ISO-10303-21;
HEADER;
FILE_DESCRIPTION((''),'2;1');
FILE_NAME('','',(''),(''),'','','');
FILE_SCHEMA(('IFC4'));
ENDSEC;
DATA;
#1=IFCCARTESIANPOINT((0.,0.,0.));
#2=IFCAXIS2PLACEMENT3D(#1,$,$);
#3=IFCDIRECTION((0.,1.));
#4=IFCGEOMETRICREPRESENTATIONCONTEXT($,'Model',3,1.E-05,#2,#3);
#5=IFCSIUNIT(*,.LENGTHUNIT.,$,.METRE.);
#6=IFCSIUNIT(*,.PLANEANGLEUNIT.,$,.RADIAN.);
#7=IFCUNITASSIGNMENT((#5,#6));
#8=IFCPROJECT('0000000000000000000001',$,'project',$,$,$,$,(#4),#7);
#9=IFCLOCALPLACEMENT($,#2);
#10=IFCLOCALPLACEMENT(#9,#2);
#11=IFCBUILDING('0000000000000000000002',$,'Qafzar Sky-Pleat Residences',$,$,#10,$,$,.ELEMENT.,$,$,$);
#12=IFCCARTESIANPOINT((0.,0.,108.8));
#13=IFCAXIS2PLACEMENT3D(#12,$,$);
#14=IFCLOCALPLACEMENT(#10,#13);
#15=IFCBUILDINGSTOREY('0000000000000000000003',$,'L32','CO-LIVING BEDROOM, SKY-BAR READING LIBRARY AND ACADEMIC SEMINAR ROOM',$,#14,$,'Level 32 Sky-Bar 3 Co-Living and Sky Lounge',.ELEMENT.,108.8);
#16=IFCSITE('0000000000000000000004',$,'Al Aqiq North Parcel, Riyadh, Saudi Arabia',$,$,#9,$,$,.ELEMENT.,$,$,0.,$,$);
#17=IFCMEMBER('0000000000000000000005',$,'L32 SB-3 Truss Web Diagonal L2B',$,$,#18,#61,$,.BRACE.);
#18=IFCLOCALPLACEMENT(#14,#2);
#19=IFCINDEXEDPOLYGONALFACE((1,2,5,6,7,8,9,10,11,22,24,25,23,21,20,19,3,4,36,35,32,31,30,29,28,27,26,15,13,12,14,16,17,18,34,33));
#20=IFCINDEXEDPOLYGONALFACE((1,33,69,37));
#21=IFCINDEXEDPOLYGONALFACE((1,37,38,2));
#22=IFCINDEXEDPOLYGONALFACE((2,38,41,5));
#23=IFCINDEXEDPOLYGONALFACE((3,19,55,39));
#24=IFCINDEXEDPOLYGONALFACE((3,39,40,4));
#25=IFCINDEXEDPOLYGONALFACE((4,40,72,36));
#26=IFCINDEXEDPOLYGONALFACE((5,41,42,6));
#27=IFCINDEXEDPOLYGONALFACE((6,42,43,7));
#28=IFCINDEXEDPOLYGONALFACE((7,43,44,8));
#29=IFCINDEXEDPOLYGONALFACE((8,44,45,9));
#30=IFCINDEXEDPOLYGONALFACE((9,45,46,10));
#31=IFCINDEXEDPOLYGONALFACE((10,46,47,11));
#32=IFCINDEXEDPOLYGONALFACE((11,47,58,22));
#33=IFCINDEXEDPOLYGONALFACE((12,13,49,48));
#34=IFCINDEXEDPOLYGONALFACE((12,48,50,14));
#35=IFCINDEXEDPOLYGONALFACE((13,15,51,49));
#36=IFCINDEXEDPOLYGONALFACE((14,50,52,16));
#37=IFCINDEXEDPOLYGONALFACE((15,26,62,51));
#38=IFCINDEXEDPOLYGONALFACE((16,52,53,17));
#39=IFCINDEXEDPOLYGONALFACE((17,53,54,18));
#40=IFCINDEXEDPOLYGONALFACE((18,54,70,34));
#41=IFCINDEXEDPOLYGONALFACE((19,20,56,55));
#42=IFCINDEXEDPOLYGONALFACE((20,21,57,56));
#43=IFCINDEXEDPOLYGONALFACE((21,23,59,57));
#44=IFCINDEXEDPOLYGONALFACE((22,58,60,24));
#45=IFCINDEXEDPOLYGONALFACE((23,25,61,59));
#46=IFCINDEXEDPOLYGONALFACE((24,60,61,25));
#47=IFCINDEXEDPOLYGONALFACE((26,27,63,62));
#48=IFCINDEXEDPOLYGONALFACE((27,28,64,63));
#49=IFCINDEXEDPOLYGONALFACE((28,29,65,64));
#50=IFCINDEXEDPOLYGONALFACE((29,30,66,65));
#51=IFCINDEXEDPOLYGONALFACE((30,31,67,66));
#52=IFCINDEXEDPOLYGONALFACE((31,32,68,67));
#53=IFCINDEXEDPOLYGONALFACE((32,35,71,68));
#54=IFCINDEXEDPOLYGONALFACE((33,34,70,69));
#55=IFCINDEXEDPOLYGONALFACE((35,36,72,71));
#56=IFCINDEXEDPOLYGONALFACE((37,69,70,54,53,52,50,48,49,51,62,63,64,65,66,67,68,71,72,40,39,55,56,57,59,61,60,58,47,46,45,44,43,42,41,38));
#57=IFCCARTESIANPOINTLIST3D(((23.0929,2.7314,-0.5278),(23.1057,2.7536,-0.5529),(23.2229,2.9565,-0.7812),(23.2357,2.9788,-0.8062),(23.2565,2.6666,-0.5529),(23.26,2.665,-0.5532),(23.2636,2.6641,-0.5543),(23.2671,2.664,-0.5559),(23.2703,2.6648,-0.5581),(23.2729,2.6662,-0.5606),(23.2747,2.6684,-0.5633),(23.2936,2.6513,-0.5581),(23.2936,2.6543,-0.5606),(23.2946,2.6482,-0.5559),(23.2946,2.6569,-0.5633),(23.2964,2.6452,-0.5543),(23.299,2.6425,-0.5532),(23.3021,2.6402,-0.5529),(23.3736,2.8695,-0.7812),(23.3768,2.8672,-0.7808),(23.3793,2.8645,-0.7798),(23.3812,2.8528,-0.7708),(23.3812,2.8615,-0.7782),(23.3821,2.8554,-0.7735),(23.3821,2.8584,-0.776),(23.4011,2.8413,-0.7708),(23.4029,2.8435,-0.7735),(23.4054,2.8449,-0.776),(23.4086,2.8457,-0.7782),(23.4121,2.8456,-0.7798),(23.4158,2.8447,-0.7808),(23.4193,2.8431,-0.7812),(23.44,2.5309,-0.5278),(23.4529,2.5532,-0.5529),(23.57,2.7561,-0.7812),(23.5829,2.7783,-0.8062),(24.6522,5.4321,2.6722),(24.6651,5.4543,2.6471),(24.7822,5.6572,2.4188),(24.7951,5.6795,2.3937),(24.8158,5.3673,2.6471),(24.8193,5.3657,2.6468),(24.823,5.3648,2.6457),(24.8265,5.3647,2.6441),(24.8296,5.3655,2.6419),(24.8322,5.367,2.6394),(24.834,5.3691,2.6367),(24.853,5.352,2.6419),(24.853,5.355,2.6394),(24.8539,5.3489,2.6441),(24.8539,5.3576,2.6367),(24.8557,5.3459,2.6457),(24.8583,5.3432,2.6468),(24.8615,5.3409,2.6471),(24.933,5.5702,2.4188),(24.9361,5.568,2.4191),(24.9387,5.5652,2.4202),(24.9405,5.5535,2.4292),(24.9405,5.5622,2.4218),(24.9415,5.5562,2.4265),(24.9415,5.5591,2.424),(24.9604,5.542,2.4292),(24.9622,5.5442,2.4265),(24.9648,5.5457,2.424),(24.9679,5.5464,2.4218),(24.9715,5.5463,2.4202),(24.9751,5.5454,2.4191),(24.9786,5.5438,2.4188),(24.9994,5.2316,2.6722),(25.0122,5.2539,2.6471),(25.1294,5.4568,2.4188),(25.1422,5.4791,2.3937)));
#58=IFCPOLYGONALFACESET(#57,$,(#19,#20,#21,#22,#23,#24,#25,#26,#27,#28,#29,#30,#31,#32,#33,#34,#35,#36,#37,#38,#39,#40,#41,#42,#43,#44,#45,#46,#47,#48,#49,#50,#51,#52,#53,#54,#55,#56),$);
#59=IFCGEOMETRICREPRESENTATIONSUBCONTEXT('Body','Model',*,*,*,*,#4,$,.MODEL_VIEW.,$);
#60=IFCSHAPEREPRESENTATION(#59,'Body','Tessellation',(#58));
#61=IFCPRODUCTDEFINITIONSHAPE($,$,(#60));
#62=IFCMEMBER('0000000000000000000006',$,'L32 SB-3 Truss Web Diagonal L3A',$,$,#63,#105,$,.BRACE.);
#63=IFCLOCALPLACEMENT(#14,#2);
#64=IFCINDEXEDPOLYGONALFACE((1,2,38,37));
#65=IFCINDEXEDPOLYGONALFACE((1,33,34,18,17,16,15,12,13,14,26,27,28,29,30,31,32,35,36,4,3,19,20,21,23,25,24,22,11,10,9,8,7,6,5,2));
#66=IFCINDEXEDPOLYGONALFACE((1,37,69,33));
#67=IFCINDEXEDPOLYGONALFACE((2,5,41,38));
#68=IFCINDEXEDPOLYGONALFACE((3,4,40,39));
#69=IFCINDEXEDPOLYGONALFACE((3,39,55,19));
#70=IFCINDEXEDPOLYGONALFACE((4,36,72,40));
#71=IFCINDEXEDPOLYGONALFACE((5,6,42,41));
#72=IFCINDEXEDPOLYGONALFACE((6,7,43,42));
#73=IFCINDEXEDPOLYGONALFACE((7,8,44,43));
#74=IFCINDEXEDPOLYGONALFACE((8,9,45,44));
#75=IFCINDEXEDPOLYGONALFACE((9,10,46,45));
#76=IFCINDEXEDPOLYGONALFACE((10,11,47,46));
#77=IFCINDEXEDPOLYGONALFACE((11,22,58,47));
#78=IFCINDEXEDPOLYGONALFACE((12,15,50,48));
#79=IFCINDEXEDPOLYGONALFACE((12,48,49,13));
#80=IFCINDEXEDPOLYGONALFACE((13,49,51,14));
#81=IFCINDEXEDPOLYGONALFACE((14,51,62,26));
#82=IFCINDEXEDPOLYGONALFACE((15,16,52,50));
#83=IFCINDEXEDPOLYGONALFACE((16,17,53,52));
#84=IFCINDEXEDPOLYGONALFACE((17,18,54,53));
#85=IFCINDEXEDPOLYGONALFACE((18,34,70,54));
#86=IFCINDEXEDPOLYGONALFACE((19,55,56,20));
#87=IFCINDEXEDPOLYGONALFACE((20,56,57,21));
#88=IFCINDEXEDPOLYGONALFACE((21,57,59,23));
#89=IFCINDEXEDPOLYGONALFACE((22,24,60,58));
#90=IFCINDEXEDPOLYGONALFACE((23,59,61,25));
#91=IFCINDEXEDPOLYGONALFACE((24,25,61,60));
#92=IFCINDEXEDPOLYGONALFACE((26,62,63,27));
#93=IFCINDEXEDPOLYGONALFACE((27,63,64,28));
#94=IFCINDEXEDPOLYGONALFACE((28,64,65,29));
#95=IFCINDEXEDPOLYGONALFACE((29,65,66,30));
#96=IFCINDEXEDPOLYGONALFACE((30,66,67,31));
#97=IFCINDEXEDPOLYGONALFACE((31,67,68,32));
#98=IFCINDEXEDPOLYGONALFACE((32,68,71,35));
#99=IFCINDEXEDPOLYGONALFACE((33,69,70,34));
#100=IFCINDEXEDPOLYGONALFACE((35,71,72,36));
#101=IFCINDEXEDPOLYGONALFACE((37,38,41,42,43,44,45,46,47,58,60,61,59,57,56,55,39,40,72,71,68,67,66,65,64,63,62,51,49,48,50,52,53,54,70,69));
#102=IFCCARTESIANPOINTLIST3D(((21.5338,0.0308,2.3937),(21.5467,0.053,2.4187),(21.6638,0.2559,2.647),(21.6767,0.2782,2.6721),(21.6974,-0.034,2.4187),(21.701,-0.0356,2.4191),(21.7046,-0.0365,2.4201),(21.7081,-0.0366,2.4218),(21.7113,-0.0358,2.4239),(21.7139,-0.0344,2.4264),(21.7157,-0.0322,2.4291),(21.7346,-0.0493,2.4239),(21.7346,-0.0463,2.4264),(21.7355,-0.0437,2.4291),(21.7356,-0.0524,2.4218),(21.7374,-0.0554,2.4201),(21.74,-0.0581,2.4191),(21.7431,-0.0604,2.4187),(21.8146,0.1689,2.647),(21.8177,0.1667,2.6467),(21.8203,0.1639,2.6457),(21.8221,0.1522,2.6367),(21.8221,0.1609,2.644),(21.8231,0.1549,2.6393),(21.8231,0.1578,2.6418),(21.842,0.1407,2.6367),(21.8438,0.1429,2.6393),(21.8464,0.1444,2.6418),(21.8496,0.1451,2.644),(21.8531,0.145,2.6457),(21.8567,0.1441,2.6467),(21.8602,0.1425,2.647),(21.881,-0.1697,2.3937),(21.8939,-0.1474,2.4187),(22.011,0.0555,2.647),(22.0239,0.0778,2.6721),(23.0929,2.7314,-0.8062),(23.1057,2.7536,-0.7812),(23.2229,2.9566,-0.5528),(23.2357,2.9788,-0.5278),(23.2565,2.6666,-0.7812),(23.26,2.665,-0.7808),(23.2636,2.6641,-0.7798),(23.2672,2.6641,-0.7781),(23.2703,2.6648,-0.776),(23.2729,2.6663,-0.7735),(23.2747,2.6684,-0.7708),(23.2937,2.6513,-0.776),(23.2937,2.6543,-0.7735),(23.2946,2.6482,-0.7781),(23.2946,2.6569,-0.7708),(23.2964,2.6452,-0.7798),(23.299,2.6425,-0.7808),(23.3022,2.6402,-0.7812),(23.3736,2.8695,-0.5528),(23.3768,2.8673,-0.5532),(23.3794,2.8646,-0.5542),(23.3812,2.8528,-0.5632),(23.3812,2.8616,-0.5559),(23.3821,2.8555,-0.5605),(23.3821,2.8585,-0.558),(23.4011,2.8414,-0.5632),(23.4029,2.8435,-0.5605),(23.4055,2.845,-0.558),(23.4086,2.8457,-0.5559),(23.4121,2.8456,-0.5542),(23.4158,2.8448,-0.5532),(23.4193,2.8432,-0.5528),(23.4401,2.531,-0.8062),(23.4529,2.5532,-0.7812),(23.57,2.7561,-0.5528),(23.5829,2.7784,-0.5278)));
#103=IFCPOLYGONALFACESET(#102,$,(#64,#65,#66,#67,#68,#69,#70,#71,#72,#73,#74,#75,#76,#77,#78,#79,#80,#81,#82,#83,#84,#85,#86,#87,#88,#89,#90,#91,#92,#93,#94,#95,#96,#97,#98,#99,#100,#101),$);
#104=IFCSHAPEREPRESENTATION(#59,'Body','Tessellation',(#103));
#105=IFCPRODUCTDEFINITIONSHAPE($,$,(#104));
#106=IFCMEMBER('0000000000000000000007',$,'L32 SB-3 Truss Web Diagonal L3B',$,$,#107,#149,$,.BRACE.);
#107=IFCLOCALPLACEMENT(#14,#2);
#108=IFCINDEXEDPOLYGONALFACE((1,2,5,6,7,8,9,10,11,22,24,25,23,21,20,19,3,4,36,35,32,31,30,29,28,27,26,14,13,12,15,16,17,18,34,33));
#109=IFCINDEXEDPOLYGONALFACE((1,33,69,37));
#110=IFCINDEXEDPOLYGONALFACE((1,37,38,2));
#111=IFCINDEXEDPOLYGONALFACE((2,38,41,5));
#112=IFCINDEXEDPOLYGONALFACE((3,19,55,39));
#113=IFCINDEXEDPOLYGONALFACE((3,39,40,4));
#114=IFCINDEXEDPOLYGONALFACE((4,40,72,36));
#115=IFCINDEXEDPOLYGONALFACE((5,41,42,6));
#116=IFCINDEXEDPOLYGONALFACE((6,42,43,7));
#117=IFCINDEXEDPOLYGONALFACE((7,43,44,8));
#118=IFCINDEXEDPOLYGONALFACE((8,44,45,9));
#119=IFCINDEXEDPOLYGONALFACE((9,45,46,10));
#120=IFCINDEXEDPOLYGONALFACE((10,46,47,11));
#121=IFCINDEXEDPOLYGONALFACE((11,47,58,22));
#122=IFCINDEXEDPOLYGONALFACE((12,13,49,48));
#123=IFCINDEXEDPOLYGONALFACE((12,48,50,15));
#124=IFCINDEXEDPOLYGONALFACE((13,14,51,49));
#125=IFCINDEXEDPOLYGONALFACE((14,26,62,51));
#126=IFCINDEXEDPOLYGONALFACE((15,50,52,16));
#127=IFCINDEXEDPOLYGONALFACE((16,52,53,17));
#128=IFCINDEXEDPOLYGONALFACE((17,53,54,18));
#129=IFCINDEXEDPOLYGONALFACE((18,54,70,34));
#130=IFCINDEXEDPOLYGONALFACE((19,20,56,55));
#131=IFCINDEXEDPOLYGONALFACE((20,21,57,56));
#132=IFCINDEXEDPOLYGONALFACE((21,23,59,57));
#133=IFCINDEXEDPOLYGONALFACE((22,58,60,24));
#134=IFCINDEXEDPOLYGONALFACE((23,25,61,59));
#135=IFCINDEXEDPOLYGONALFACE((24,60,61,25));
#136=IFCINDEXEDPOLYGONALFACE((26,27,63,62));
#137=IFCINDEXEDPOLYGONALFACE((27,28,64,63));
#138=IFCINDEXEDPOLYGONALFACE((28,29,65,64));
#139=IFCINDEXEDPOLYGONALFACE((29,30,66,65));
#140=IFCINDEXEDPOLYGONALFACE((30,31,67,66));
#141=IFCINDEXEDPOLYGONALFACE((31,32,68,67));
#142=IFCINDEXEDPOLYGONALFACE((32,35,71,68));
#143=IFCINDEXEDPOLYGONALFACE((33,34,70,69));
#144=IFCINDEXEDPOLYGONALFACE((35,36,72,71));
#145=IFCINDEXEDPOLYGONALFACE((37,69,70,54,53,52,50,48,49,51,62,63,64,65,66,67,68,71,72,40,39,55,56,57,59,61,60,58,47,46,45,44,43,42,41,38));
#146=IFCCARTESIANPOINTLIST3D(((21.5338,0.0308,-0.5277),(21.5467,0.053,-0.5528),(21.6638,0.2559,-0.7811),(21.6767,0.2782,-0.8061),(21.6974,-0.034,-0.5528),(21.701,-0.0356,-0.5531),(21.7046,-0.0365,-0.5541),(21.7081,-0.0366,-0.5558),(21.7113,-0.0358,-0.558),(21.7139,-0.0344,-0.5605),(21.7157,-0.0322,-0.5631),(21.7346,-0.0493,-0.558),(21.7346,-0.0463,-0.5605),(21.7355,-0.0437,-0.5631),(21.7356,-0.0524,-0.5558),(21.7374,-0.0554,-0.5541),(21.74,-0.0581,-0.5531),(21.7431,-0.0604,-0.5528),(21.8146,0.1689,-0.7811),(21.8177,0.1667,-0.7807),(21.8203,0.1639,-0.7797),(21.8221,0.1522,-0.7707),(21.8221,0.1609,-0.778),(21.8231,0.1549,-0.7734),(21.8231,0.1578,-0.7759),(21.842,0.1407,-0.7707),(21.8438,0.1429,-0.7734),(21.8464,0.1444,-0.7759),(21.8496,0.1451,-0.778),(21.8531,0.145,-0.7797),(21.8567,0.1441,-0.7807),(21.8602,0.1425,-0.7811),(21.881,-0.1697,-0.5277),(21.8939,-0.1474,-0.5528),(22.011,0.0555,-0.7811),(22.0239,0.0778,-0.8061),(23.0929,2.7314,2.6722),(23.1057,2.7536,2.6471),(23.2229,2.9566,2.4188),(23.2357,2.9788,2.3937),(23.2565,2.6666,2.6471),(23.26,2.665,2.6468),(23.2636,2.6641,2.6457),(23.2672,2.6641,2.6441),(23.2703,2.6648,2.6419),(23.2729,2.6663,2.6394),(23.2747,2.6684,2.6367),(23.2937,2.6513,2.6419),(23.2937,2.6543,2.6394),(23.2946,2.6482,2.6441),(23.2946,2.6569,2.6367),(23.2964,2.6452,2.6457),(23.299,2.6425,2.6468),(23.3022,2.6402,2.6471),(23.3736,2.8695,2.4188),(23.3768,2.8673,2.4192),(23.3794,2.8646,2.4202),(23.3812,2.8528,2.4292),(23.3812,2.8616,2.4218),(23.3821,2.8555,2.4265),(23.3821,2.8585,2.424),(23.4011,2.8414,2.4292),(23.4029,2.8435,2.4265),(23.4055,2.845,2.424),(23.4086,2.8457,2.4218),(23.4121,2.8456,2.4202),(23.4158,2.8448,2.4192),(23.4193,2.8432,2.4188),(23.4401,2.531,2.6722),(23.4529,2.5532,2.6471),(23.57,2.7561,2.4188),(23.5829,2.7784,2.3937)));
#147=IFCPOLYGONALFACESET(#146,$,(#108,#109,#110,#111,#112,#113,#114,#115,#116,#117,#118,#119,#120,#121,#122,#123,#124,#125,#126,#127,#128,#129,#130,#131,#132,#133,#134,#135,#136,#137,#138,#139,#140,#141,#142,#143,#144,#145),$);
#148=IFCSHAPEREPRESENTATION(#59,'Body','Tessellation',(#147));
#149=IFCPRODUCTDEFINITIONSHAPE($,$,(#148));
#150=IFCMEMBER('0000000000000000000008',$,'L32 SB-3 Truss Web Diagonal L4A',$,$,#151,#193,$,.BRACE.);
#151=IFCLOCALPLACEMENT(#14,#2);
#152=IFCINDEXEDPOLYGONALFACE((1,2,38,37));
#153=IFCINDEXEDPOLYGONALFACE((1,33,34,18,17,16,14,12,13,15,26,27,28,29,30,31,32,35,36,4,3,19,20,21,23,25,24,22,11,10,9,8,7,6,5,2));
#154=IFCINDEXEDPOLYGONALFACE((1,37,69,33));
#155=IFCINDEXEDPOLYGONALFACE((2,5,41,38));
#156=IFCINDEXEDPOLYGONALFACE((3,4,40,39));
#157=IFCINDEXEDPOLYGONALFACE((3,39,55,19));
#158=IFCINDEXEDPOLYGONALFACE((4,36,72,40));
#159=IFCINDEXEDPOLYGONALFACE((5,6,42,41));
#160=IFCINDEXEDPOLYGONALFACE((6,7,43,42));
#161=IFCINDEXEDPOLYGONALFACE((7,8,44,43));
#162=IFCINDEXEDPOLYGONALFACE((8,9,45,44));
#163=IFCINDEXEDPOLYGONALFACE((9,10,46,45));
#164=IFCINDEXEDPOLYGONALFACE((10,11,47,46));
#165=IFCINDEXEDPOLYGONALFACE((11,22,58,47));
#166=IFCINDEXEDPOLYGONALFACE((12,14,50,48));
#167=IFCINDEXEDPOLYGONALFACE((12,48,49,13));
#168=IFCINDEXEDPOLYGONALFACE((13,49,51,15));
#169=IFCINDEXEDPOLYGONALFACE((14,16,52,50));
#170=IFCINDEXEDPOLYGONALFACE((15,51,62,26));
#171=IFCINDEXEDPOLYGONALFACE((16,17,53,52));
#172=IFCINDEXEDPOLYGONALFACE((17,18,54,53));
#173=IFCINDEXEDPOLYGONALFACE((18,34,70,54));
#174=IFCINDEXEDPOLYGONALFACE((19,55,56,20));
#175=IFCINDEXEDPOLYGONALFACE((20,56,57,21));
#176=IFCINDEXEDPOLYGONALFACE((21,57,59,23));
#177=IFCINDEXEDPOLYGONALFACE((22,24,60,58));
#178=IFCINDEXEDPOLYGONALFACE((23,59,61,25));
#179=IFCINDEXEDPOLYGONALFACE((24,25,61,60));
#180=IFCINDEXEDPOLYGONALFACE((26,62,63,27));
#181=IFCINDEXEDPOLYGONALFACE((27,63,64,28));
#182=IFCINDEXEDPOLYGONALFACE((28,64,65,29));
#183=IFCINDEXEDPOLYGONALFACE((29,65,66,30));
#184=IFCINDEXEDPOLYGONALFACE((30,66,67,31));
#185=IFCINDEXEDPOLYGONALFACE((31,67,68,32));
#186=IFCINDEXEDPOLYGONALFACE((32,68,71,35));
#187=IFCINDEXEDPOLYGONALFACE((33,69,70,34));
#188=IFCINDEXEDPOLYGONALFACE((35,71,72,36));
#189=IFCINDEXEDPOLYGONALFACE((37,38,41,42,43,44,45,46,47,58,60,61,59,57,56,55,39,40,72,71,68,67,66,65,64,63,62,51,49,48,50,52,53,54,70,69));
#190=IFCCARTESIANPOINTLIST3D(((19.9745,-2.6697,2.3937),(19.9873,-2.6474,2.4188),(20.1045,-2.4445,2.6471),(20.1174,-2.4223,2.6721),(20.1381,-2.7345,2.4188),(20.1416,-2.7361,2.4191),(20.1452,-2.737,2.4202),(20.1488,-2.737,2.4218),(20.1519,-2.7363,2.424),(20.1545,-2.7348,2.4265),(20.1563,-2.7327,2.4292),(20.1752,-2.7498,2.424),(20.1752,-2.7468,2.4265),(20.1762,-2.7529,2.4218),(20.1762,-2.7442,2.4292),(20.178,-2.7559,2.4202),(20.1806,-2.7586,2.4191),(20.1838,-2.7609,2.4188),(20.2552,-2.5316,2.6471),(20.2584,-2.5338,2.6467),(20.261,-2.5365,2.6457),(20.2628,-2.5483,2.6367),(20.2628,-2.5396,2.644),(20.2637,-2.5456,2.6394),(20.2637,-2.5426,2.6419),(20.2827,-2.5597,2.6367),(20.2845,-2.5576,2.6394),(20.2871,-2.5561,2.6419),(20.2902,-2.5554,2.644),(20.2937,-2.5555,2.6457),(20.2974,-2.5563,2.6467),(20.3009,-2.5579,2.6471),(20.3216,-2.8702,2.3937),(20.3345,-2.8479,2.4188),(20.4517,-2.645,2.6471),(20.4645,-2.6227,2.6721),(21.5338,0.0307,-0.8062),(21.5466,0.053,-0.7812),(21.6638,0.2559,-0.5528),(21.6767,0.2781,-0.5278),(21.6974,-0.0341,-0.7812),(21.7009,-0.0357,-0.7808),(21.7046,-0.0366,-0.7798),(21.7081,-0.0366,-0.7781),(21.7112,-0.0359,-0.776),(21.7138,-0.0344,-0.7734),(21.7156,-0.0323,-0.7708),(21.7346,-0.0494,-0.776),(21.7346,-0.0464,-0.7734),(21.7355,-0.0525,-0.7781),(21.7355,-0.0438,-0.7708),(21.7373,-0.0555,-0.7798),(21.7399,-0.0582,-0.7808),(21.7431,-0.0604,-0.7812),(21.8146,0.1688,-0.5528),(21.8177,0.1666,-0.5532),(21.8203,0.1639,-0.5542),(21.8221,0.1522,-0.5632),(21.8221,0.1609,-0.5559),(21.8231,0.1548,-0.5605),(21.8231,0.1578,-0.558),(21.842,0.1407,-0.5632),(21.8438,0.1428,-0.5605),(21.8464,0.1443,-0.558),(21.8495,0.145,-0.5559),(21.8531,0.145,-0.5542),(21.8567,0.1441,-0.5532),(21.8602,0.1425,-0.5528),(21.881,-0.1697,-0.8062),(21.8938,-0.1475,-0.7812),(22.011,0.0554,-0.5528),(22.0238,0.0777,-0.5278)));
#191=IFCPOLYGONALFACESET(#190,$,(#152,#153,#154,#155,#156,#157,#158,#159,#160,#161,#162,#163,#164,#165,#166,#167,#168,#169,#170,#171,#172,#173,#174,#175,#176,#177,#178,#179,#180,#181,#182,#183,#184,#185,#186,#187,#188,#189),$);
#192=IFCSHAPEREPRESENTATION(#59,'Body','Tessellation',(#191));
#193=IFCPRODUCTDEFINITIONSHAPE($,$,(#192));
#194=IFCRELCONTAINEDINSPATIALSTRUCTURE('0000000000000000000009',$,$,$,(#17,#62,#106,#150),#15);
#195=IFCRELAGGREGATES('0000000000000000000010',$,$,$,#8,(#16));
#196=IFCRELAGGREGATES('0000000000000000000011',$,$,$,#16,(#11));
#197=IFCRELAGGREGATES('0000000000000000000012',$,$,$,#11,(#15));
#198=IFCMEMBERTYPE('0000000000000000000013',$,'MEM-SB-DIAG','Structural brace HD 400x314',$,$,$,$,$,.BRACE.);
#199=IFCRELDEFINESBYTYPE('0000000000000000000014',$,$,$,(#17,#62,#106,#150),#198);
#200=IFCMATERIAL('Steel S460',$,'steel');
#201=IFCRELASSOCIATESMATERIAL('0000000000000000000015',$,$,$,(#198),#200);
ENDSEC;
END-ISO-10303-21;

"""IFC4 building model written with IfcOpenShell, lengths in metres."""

from ifc_helpers import new_model, si_unit, direction, frame, origin, origin_2d, place, context, subcontext, project, spatial, i_section, extrude, source, transform, mapped, material, material_profile, profile_set, type_object, element, save


model = new_model("IFC4")

# Units and contexts
model_context = context("Model", 3, precision=1e-05, world=origin(), true_north=direction((0.0, 1.0)))
body_context = subcontext(model_context, "Body", "Model", "MODEL_VIEW")
ifc_project = project(units=[si_unit("LENGTHUNIT", "METRE"), si_unit("PLANEANGLEUNIT", "RADIAN")], contexts=[model_context])

# Site, building, storey
site_placement = place(None, origin())
site = spatial("IfcSite", under=ifc_project, at=site_placement, Name="Al Aqiq North Parcel, Riyadh, Saudi Arabia", CompositionType="ELEMENT", RefElevation=0.0)
building_placement = place(site_placement, origin())
building = spatial("IfcBuilding", under=site, at=building_placement, Name="Qafzar Sky-Pleat Residences", CompositionType="ELEMENT")
storey_placement = place(building_placement, frame((0.0, 0.0, 108.8)))
storey = spatial("IfcBuildingStorey", under=building, at=storey_placement, Name="L32", Description="CO-LIVING BEDROOM, SKY-BAR READING LIBRARY AND ACADEMIC SEMINAR ROOM", LongName="Level 32 Sky-Bar 3 Co-Living and Sky Lounge", CompositionType="ELEMENT", Elevation=108.8)

# Shared definitions
ifc_material_1 = material(Name="Steel S460", Category="steel")

# Members
ifc_material_profile_1 = material_profile(ifc_material_1, i_section(OverallWidth=0.4009, OverallDepth=0.3989, WebThickness=0.0229, FlangeThickness=0.0359, FilletRadius=0.0149, at=origin_2d()), Name="HD 400x314")
ifc_profile_set_1 = profile_set([ifc_material_profile_1], Name="Steel S460")
member_type = type_object("IfcMemberType", Name="MEM-SB-DIAG", Description="Structural brace HD 400x314", PredefinedType="BRACE", material=ifc_profile_set_1)
shared_shape_1 = source(origin(), body_context, "Body", "SweptSolid", [
    extrude(i_section(OverallWidth=0.4009, OverallDepth=0.3989, WebThickness=0.0229, FlangeThickness=0.0359, FilletRadius=0.0149, at=origin_2d()), origin(), (0.0, 0.0, 1.0), 4.4683),
])
for number, where, z_axis, x_axis, name in (
    (1, (24.8972, 5.4556, 2.533), (-0.348982, -0.604422, -0.71616), (0.866013, -0.500021, 0.0), "L32 SB-3 Truss Web Diagonal L2B"),
):
    element("IfcMember", number, at=place(storey_placement, frame(where, z_axis=z_axis, x_axis=x_axis)), inside=storey, type_object=member_type, Name=name, PredefinedType="BRACE", context=body_context, shape_type="MappedRepresentation", body=[
        mapped(shared_shape_1, transform((0.0, 0.0, 0.0), x_axis=(1.0, 0.0, 0.0), y_axis=(0.0, 1.0, 0.0), z_axis=(0.0, 0.0, 1.0), scale=1.0)),
    ])
shared_shape_2 = source(origin(), body_context, "Body", "SweptSolid", [
    extrude(i_section(OverallWidth=0.4009, OverallDepth=0.3989, WebThickness=0.0229, FlangeThickness=0.0359, FilletRadius=0.0149, at=origin_2d()), origin(), (0.0, 0.0, 1.0), 4.468),
])
for number, where, z_axis, x_axis, name in (
    (2, (23.3379, 2.7549, -0.667), (-0.348935, -0.604434, 0.716174), (0.866047, -0.499962, 0.0), "L32 SB-3 Truss Web Diagonal L3A"),
    (3, (23.3379, 2.7549, 2.533), (-0.348935, -0.604434, -0.716174), (0.866047, -0.499962, 0.0), "L32 SB-3 Truss Web Diagonal L3B"),
    (4, (21.7788, 0.0542, -0.667), (-0.348994, -0.604387, 0.716184), (0.865994, -0.500055, 0.0), "L32 SB-3 Truss Web Diagonal L4A"),
):
    element("IfcMember", number, at=place(storey_placement, frame(where, z_axis=z_axis, x_axis=x_axis)), inside=storey, type_object=member_type, Name=name, PredefinedType="BRACE", context=body_context, shape_type="MappedRepresentation", body=[
        mapped(shared_shape_2, transform((0.0, 0.0, 0.0), x_axis=(1.0, 0.0, 0.0), y_axis=(0.0, 1.0, 0.0), z_axis=(0.0, 0.0, 1.0), scale=1.0)),
    ])

save(model, "model.ifc")
